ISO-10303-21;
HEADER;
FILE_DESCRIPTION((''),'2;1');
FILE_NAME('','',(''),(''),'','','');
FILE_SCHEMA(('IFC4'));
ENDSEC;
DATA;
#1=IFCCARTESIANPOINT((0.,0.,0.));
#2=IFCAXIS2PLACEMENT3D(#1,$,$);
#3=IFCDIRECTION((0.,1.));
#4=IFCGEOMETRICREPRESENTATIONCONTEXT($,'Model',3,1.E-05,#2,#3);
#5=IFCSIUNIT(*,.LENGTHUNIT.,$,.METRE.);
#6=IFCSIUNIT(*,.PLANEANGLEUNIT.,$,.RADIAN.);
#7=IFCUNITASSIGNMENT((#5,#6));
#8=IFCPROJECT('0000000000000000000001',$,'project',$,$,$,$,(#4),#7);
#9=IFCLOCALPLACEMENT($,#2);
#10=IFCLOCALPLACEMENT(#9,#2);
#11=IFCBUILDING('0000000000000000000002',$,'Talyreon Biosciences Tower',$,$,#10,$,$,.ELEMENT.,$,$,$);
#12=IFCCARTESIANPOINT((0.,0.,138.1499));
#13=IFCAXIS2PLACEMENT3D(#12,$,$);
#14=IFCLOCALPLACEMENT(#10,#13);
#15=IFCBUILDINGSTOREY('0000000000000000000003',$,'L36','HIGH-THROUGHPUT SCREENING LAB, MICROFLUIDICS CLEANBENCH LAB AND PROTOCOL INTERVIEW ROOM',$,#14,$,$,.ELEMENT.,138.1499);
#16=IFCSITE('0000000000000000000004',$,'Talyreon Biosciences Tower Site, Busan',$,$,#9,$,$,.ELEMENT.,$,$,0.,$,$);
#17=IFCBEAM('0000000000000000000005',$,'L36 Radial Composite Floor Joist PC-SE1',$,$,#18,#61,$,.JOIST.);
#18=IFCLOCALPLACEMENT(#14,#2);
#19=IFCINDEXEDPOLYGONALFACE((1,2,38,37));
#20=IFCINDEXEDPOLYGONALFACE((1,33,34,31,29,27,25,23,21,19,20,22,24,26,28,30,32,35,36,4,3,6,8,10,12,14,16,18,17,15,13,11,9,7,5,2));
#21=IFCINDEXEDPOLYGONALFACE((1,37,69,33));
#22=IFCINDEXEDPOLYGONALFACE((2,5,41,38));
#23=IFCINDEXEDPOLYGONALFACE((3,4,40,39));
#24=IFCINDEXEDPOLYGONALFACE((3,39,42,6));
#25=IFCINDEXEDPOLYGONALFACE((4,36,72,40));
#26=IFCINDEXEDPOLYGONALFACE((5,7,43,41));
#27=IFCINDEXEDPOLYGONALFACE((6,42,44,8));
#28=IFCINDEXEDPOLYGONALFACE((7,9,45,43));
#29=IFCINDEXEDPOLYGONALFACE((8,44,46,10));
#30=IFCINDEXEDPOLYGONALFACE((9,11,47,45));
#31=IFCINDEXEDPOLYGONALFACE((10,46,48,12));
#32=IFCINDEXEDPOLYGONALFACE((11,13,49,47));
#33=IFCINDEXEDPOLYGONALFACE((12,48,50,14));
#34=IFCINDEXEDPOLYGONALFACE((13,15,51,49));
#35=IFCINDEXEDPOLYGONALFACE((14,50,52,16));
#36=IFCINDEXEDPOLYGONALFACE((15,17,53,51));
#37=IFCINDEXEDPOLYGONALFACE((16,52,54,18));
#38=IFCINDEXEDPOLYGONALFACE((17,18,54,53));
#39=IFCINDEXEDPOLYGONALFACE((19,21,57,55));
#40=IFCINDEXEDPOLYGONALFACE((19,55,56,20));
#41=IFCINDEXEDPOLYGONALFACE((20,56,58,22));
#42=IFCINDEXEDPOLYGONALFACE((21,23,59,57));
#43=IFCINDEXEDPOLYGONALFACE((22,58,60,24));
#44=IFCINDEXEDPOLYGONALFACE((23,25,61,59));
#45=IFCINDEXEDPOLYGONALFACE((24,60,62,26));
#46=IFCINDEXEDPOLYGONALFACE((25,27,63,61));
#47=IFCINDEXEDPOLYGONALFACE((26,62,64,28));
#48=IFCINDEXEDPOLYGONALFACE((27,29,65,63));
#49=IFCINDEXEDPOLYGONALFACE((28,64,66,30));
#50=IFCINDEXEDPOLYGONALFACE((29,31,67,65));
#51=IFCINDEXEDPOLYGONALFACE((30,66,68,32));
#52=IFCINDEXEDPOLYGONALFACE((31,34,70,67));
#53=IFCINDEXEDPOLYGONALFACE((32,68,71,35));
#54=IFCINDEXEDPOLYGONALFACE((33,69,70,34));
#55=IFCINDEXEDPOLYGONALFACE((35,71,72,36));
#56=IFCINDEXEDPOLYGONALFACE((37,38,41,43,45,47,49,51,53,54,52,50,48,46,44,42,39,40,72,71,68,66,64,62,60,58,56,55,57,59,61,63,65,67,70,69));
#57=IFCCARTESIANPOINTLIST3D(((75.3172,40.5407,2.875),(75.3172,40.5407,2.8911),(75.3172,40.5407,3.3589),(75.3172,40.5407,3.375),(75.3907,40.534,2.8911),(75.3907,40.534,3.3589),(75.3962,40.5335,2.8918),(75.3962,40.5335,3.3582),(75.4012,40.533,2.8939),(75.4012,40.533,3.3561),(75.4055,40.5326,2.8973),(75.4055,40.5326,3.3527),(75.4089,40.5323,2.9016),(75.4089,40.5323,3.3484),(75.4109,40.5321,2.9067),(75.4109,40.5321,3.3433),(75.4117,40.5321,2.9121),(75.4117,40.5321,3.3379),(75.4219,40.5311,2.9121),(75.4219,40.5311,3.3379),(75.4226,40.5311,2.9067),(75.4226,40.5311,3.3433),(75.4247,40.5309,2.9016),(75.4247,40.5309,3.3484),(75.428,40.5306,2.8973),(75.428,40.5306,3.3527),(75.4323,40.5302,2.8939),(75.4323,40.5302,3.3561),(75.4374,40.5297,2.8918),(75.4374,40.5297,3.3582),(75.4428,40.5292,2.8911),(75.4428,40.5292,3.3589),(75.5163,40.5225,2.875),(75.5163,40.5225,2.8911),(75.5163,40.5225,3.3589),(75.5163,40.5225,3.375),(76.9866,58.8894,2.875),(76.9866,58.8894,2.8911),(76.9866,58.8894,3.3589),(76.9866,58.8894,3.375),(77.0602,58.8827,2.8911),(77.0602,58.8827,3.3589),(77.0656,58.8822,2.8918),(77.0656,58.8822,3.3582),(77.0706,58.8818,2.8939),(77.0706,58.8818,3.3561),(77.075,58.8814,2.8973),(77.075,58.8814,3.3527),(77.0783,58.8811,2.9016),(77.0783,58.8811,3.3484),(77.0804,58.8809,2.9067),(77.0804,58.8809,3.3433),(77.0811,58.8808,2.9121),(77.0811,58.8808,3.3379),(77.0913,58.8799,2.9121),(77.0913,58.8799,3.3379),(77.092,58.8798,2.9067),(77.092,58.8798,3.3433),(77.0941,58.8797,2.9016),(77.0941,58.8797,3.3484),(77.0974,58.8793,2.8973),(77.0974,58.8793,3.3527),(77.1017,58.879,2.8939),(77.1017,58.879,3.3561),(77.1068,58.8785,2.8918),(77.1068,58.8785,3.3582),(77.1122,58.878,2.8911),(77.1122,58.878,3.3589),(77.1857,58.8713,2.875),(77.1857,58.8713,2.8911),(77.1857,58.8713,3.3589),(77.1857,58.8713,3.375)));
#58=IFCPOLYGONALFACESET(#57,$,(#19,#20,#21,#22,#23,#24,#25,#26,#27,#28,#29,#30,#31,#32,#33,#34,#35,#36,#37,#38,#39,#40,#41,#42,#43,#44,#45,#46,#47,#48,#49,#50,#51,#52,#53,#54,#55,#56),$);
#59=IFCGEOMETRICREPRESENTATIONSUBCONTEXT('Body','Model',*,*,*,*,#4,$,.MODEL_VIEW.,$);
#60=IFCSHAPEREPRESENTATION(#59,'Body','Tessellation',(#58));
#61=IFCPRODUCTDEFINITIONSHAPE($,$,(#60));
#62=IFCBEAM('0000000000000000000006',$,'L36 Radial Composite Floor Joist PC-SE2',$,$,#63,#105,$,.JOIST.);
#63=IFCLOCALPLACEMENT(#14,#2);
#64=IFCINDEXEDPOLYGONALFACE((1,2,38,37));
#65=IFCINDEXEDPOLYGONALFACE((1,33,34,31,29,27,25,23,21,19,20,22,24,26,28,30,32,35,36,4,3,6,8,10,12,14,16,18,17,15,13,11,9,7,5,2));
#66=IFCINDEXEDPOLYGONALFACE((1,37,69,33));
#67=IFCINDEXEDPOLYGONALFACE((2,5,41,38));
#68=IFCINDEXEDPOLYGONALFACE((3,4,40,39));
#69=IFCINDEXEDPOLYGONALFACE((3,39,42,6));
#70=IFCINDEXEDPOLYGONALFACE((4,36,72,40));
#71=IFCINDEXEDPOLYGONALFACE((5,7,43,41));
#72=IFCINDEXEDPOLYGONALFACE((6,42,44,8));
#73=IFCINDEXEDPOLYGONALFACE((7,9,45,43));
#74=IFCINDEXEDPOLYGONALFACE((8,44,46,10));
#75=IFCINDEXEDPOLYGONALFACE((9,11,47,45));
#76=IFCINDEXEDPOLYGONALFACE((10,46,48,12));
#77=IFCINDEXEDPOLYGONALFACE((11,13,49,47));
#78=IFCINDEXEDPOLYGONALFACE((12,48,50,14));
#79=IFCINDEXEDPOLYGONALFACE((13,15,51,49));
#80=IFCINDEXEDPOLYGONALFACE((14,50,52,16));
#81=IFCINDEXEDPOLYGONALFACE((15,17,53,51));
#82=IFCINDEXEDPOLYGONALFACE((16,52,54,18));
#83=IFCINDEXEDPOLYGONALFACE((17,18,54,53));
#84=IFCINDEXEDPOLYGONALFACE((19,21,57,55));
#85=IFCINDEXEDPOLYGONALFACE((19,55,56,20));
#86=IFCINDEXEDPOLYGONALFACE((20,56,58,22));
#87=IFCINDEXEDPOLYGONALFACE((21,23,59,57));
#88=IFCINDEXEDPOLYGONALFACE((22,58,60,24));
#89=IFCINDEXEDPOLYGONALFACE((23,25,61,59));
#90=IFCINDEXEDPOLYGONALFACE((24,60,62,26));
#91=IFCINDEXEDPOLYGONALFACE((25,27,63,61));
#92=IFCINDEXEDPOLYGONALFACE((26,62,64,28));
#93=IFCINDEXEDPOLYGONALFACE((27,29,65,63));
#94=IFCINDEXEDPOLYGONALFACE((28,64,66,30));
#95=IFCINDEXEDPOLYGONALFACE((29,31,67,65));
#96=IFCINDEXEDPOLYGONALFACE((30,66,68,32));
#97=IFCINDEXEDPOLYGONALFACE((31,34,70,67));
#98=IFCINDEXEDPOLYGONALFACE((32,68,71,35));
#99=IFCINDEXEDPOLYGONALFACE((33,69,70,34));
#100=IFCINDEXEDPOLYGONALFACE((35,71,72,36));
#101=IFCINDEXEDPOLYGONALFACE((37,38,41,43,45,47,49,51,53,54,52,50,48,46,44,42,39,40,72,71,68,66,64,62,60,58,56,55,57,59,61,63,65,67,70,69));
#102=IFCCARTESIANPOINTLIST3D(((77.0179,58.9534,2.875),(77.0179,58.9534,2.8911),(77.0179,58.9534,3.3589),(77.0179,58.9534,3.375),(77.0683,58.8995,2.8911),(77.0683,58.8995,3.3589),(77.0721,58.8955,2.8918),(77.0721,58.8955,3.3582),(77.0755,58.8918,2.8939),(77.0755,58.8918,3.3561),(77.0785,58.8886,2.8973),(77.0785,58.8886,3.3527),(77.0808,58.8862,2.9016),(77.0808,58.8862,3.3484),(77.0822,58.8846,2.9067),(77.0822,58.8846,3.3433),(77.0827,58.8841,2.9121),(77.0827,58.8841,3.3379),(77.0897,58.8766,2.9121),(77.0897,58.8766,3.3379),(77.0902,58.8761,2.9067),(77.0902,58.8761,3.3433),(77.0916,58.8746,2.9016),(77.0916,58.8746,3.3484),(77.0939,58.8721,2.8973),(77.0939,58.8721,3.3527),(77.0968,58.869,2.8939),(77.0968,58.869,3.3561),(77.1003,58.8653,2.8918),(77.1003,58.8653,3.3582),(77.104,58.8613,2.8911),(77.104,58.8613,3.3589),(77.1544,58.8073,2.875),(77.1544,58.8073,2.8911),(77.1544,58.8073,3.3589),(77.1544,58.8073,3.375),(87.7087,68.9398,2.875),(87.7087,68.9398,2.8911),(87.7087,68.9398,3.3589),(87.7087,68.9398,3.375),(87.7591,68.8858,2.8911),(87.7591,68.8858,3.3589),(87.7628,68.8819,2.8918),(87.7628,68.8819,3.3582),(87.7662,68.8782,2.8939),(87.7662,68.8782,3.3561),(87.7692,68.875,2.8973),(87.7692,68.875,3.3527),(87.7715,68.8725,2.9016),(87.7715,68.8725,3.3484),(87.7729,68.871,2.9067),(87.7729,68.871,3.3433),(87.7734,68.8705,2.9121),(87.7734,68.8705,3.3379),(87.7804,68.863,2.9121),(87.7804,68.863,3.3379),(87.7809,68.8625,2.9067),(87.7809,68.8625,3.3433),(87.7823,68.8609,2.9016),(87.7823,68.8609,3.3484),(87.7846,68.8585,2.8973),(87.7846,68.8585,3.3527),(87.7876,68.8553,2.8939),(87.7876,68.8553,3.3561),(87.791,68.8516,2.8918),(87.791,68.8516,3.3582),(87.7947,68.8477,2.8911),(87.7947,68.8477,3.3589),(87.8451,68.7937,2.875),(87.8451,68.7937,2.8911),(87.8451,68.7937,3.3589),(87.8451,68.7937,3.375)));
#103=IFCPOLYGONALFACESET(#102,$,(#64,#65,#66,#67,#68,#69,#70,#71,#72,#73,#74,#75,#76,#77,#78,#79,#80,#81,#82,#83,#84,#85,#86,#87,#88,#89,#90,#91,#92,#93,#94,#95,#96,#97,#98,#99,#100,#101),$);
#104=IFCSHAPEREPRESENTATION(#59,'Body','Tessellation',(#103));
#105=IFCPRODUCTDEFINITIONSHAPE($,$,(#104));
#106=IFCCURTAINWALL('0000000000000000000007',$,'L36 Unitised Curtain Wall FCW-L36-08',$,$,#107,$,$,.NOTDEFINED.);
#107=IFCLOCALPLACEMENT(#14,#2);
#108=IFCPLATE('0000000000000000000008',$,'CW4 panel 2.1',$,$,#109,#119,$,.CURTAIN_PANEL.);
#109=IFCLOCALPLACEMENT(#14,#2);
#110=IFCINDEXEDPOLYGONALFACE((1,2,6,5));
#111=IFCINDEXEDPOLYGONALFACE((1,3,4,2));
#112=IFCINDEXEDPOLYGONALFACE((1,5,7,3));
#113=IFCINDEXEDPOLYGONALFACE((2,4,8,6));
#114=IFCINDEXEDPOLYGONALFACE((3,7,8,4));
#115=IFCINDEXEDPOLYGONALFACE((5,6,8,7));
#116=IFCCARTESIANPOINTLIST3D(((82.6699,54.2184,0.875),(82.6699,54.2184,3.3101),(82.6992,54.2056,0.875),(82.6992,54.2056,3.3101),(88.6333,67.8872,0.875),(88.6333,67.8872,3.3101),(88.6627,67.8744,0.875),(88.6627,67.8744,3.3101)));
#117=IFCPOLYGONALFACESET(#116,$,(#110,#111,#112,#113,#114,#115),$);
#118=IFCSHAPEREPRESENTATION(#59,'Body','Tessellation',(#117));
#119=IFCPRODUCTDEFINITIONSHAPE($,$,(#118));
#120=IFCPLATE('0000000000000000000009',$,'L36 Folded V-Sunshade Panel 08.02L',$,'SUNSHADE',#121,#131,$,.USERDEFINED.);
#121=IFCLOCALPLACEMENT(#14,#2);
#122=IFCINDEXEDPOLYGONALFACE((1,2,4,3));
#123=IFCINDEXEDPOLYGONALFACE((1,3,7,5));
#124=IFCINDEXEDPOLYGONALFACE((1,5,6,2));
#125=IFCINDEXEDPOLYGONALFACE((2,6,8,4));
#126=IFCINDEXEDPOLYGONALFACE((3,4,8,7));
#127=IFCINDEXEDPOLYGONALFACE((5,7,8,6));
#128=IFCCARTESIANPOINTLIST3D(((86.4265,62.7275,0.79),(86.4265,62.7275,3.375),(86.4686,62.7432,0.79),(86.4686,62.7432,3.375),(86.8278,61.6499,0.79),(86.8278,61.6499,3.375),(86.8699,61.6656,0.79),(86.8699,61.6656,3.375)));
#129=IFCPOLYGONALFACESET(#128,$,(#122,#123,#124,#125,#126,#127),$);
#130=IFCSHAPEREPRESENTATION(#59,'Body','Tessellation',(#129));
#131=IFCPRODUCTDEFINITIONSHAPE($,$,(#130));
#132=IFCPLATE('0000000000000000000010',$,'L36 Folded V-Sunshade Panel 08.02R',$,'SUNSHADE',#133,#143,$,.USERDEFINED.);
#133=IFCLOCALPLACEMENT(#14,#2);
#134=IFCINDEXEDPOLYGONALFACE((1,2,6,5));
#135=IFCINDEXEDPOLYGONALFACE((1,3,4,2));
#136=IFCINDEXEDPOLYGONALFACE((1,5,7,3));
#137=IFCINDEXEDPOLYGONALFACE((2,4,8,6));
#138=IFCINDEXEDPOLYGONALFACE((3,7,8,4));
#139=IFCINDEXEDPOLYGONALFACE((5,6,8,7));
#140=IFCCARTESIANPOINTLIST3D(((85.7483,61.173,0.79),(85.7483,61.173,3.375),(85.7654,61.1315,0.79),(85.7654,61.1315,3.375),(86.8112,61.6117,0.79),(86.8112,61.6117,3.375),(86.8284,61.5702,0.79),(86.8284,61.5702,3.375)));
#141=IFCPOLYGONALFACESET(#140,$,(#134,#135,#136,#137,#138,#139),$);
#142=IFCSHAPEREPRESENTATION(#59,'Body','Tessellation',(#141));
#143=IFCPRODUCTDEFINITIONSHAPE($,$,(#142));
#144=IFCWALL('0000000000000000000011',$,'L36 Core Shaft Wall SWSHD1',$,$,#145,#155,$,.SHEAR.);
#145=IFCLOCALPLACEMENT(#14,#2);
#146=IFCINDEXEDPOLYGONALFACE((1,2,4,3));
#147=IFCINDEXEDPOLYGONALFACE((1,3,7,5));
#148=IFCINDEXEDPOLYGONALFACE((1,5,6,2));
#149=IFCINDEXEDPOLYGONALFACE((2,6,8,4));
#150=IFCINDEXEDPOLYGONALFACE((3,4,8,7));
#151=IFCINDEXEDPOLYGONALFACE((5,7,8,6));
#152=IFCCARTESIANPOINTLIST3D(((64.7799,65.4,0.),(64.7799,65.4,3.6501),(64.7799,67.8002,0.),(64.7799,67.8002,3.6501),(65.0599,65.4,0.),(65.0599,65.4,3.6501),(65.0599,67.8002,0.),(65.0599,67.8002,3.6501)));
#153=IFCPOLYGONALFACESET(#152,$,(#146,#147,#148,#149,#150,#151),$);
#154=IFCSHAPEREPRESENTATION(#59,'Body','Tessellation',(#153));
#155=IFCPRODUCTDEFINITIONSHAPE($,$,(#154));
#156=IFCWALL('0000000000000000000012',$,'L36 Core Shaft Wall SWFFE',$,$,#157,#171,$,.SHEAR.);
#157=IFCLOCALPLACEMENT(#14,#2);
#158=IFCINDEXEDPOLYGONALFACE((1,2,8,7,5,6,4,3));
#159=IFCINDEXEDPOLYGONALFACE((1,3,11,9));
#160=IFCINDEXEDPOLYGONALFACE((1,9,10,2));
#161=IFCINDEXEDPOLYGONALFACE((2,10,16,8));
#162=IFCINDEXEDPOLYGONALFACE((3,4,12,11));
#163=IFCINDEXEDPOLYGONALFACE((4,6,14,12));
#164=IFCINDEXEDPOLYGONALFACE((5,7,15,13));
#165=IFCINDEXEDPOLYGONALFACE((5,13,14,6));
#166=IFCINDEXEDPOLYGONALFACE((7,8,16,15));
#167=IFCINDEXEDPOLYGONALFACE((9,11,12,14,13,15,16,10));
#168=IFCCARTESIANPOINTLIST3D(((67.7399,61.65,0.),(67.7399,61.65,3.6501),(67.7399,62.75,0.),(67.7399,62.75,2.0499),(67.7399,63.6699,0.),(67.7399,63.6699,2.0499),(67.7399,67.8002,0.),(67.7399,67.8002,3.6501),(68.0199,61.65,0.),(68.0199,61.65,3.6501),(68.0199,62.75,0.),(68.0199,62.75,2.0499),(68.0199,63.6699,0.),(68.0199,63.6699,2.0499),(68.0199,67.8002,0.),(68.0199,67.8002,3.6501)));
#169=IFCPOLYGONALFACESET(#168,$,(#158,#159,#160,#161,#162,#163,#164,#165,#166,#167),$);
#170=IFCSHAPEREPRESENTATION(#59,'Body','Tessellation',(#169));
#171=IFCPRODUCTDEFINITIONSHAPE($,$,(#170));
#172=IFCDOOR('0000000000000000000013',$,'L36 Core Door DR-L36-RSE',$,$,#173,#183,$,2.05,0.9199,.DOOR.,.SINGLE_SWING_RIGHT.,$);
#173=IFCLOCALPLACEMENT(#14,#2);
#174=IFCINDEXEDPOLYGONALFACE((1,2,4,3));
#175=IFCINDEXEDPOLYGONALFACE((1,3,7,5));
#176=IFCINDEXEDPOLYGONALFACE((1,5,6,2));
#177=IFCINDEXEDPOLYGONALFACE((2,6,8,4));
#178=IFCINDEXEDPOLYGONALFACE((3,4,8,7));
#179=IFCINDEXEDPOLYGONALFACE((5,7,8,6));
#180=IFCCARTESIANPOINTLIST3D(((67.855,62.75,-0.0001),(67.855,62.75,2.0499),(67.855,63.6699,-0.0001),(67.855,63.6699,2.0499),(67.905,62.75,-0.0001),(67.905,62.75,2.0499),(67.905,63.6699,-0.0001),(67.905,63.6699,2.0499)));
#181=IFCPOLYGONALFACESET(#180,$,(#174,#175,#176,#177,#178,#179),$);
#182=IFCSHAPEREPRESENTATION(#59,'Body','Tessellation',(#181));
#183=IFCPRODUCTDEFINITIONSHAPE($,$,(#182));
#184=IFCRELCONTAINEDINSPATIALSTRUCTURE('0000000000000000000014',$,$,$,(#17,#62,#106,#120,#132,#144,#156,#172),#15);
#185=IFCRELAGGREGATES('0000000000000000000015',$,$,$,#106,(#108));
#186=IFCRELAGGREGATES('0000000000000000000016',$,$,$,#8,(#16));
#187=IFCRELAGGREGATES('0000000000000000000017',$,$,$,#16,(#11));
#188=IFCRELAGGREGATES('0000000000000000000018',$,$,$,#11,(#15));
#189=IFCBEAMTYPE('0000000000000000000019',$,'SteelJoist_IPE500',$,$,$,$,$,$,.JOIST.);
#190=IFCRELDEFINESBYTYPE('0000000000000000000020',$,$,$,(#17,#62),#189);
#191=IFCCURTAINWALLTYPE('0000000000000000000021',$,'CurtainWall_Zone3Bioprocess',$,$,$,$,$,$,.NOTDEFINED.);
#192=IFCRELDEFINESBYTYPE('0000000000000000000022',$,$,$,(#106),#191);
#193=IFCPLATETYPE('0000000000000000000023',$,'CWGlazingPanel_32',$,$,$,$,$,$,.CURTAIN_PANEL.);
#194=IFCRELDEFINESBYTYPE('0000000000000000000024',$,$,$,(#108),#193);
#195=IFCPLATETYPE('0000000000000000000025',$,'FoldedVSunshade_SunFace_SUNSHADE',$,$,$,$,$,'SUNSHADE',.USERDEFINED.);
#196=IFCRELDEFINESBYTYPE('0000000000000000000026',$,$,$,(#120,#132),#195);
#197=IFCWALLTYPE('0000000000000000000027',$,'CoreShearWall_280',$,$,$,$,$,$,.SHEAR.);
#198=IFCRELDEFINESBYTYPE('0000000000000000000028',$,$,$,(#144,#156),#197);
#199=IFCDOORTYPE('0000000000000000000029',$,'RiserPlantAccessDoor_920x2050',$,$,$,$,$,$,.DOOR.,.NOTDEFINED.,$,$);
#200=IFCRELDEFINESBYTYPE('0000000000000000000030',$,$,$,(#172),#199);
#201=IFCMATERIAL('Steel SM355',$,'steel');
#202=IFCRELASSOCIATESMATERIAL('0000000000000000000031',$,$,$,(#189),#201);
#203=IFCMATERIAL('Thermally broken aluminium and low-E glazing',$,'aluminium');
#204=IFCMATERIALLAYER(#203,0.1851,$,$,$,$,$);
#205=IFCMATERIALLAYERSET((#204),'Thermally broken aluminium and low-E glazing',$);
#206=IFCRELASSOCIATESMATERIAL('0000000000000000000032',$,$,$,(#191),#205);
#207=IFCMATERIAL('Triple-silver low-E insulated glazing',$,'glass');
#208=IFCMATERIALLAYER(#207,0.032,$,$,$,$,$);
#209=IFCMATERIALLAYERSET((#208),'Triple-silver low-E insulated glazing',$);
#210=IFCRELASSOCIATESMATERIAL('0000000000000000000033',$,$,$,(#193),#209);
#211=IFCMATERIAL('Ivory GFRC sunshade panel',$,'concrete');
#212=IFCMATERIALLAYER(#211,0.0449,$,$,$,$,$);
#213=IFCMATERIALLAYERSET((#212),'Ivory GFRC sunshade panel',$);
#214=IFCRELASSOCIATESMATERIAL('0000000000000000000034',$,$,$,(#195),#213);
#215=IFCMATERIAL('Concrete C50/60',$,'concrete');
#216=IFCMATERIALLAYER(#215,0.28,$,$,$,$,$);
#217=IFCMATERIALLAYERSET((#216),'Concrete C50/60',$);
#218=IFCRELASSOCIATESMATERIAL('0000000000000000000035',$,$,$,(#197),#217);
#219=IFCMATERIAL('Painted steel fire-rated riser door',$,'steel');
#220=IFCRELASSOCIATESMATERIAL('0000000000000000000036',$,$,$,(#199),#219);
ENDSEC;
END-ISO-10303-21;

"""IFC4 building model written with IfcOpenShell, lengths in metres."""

from ifc_helpers import new_model, si_unit, direction, frame, frame_2d, origin, origin_2d, place, context, subcontext, project, spatial, rectangle, i_section, extrude, material, layer, layer_set, material_profile, profile_set, type_object, element, fill, aggregate, save


model = new_model("IFC4")

# Units and contexts
model_context = context("Model", 3, precision=1e-05, world=origin(), true_north=direction((0.0, 1.0)))
body_context = subcontext(model_context, "Body", "Model", "MODEL_VIEW")
ifc_project = project(units=[si_unit("LENGTHUNIT", "METRE"), si_unit("PLANEANGLEUNIT", "RADIAN")], contexts=[model_context])

# Site, building, storey
site_placement = place(None, origin())
site = spatial("IfcSite", under=ifc_project, at=site_placement, Name="Talyreon Biosciences Tower Site, Busan", CompositionType="ELEMENT", RefElevation=0.0)
building_placement = place(site_placement, origin())
building = spatial("IfcBuilding", under=site, at=building_placement, Name="Talyreon Biosciences Tower", CompositionType="ELEMENT")
storey_placement = place(building_placement, frame((0.0, 0.0, 138.1499)))
storey = spatial("IfcBuildingStorey", under=building, at=storey_placement, Name="L36", Description="HIGH-THROUGHPUT SCREENING LAB, MICROFLUIDICS CLEANBENCH LAB AND PROTOCOL INTERVIEW ROOM", CompositionType="ELEMENT", Elevation=138.1499)

# Shared definitions
ifc_material_1 = material(Name="Concrete C50/60", Category="concrete")

# Beams
ifc_material_2 = material(Name="Steel SM355", Category="steel")
ifc_material_profile_1 = material_profile(ifc_material_2, i_section(OverallWidth=0.2, OverallDepth=0.5, WebThickness=0.0103, FlangeThickness=0.0161, FilletRadius=0.021, at=origin_2d()), Name="IPE500")
ifc_profile_set_1 = profile_set([ifc_material_profile_1], Name="Steel SM355")
beam_type_1 = type_object("IfcBeamType", Name="SteelJoist_IPE500", PredefinedType="JOIST", material=ifc_profile_set_1)
beam_1_placement = place(storey_placement, frame((77.0862, 58.8804, 3.125), z_axis=(-0.090609, -0.995887, 0.0), x_axis=(0.995887, -0.090609, 0.0)))
element("IfcBeam", 1, at=beam_1_placement, inside=storey, type_object=beam_type_1, Name="L36 Radial Composite Floor Joist PC-SE1", PredefinedType="JOIST", context=body_context, shape_type="SweptSolid", body=[
    extrude(i_section(OverallWidth=0.2, OverallDepth=0.5, WebThickness=0.0103, FlangeThickness=0.0161, FilletRadius=0.021, at=origin_2d()), origin(), (0.0, 0.0, 1.0), 18.4246),
])
beam_2_placement = place(storey_placement, frame((77.0862, 58.8804, 3.125), z_axis=(0.73077, 0.682624, 0.0), x_axis=(-0.682624, 0.73077, 0.0)))
element("IfcBeam", 2, at=beam_2_placement, inside=storey, type_object=beam_type_1, Name="L36 Radial Composite Floor Joist PC-SE2", PredefinedType="JOIST", context=body_context, shape_type="SweptSolid", body=[
    extrude(i_section(OverallWidth=0.2, OverallDepth=0.5, WebThickness=0.0103, FlangeThickness=0.0161, FilletRadius=0.021, at=origin_2d()), origin(), (0.0, 0.0, 1.0), 14.6294),
])

# Curtain wall, plate
ifc_material_3 = material(Name="Thermally broken aluminium and low-E glazing", Category="aluminium")
ifc_layer_1 = layer(ifc_material_3, 0.1851)
ifc_layer_set_1 = layer_set([ifc_layer_1], Name="Thermally broken aluminium and low-E glazing")
curtain_wall_type = type_object("IfcCurtainWallType", Name="CurtainWall_Zone3Bioprocess", PredefinedType="NOTDEFINED", material=ifc_layer_set_1)
curtain_wall_placement = place(storey_placement, origin())
curtain_wall = element("IfcCurtainWall", 3, at=curtain_wall_placement, inside=storey, type_object=curtain_wall_type, Name="L36 Unitised Curtain Wall FCW-L36-08", PredefinedType="NOTDEFINED")
ifc_material_4 = material(Name="Triple-silver low-E insulated glazing", Category="glass")
ifc_layer_2 = layer(ifc_material_4, 0.032)
ifc_layer_set_2 = layer_set([ifc_layer_2], Name="Triple-silver low-E insulated glazing")
plate_type_1 = type_object("IfcPlateType", Name="CWGlazingPanel_32", PredefinedType="CURTAIN_PANEL", material=ifc_layer_set_2)
plate_placement = place(storey_placement, frame((85.6663, 61.0464, 0.875), z_axis=(0.0, 0.0, 1.0), x_axis=(-0.399882, -0.916566, 0.0)))
plate = element("IfcPlate", 4, at=plate_placement, type_object=plate_type_1, Name="CW4 panel 2.1", PredefinedType="CURTAIN_PANEL", context=body_context, shape_type="SweptSolid", body=[
    extrude(rectangle(XDim=14.9131, YDim=0.032, at=origin_2d()), origin(), (0.0, 0.0, 1.0), 2.4351),
])
aggregate(curtain_wall, [plate])

# Plates
ifc_material_5 = material(Name="Ivory GFRC sunshade panel", Category="concrete")
ifc_layer_3 = layer(ifc_material_5, 0.0449)
ifc_layer_set_3 = layer_set([ifc_layer_3], Name="Ivory GFRC sunshade panel")
plate_type_2 = type_object("IfcPlateType", Name="FoldedVSunshade_SunFace_SUNSHADE", ElementType="SUNSHADE", PredefinedType="USERDEFINED", material=ifc_layer_set_3)
for number, where, z_axis, x_axis, name in (
    (5, (86.6482, 62.1965, 0.79), (0.0, 0.0, 1.0), (0.349046, -0.937105, 0.0), "L36 Folded V-Sunshade Panel 08.02L"),
    (6, (86.2883, 61.3716, 0.79), (0.0, 0.0, 1.0), (-0.924353, -0.381538, 0.0), "L36 Folded V-Sunshade Panel 08.02R"),
):
    element("IfcPlate", number, at=place(storey_placement, frame(where, z_axis=z_axis, x_axis=x_axis)), inside=storey, type_object=plate_type_2, Name=name, ObjectType="SUNSHADE", PredefinedType="USERDEFINED", context=body_context, shape_type="SweptSolid", body=[
        extrude(rectangle(XDim=1.1499, YDim=0.0449, at=origin_2d()), origin(), (0.0, 0.0, 1.0), 2.585),
    ])

# Wall
ifc_layer_4 = layer(ifc_material_1, 0.28)
ifc_layer_set_4 = layer_set([ifc_layer_4], Name="Concrete C50/60")
wall_type_1 = type_object("IfcWallType", Name="CoreShearWall_280", PredefinedType="SHEAR", material=ifc_layer_set_4)
wall_1_placement = place(storey_placement, frame((64.9199, 65.3999, 0.0), z_axis=(0.0, 0.0, 1.0), x_axis=(0.0, 1.0, 0.0)))
element("IfcWall", 7, at=wall_1_placement, inside=storey, type_object=wall_type_1, Name="L36 Core Shaft Wall SWSHD1", PredefinedType="SHEAR", context=body_context, shape_type="SweptSolid", body=[
    extrude(rectangle(XDim=2.4001, YDim=0.28, at=frame_2d((1.2002, 0.0))), origin(), (0.0, 0.0, 1.0), 3.6501),
])

# Wall, opening, door
wall_2_placement = place(storey_placement, frame((67.8799, 61.6499, 0.0), z_axis=(0.0, 0.0, 1.0), x_axis=(0.0, 1.0, 0.0)))
wall_2 = element("IfcWall", 8, at=wall_2_placement, inside=storey, type_object=wall_type_1, Name="L36 Core Shaft Wall SWFFE", PredefinedType="SHEAR", context=body_context, shape_type="SweptSolid", body=[
    extrude(rectangle(XDim=6.1501, YDim=0.28, at=frame_2d((3.0752, 0.0))), origin(), (0.0, 0.0, 1.0), 3.6501),
])
opening_1_placement = place(wall_2_placement, frame((1.1001, 0.0, 0.0)))
opening_1 = element("IfcOpeningElement", 9, at=opening_1_placement, cuts=wall_2, PredefinedType="OPENING", context=body_context, shape_type="SweptSolid", body=[
    extrude(rectangle(XDim=0.9199, YDim=2.05, at=frame_2d((0.46, 1.0249))), frame((0.0, 0.1499, 0.0), z_axis=(0.0, -1.0, 0.0), x_axis=(1.0, 0.0, 0.0)), (0.0, 0.0, 1.0), 0.3),
])
ifc_material_6 = material(Name="Painted steel fire-rated riser door", Category="steel")
door_type = type_object("IfcDoorType", Name="RiserPlantAccessDoor_920x2050", OperationType="NOTDEFINED", PredefinedType="DOOR", material=ifc_material_6)
door_1_placement = place(opening_1_placement, origin())
door_1 = element("IfcDoor", 10, at=door_1_placement, inside=storey, type_object=door_type, Name="L36 Core Door DR-L36-RSE", OperationType="SINGLE_SWING_RIGHT", OverallHeight=2.05, OverallWidth=0.9199, PredefinedType="DOOR", context=body_context, shape_type="SweptSolid", body=[
    extrude(rectangle(XDim=0.9199, YDim=2.05, at=frame_2d((0.46, 1.0249))), frame((0.0, 0.0249, 0.0), z_axis=(0.0, -1.0, 0.0), x_axis=(1.0, 0.0, 0.0)), (0.0, 0.0, 1.0), 0.05),
])
fill(opening_1, door_1)

save(model, "model.ifc")
